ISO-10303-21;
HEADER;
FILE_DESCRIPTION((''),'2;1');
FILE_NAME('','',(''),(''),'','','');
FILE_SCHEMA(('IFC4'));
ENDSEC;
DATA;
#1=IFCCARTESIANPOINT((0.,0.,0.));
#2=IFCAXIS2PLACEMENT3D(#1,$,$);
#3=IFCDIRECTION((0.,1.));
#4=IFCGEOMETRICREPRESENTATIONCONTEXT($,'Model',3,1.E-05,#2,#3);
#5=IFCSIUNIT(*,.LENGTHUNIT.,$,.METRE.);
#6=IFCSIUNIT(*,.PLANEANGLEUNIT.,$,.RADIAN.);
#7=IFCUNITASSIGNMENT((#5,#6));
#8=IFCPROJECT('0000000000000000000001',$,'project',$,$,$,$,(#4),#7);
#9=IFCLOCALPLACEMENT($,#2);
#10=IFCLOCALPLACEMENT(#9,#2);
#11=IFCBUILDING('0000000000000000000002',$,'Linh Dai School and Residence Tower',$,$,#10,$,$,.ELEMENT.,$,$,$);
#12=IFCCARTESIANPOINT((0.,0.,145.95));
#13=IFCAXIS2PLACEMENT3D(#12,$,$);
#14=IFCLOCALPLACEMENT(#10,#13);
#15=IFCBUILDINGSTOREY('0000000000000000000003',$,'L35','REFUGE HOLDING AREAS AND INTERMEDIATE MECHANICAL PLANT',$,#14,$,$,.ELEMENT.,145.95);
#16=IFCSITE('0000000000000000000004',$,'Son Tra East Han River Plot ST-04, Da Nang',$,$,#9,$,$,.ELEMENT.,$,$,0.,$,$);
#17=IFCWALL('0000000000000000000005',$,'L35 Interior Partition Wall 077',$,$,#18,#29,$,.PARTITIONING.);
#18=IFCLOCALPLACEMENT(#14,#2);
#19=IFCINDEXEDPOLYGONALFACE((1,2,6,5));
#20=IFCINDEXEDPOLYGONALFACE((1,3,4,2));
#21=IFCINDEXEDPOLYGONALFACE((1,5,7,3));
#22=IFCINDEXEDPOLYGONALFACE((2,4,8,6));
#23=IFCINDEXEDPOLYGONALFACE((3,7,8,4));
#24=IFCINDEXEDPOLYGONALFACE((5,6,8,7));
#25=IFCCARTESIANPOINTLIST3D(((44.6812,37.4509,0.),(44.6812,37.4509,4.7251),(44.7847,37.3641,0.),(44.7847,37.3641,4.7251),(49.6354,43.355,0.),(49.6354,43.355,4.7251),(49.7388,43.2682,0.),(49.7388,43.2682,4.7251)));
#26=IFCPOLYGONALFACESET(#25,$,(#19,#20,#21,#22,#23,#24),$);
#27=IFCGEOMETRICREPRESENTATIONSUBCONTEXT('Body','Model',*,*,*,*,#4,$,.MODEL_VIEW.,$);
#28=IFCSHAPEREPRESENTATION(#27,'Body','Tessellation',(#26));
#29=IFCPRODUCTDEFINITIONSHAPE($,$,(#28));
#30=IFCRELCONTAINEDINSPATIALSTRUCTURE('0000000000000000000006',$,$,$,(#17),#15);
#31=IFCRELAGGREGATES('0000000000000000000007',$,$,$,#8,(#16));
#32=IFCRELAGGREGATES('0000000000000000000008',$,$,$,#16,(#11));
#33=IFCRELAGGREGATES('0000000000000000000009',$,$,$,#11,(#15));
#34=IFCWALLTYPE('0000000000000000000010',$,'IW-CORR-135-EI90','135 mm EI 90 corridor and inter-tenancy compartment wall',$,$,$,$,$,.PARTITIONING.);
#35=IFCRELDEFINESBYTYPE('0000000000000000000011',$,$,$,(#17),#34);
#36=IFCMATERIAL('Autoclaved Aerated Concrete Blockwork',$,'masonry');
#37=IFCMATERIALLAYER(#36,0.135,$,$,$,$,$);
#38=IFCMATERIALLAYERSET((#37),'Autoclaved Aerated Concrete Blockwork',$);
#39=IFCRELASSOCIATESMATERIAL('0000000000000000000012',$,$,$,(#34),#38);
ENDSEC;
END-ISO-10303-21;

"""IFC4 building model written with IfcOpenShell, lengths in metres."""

from ifc_helpers import new_model, si_unit, direction, frame, frame_2d, origin, place, context, subcontext, project, spatial, rectangle, extrude, material, layer, layer_set, type_object, element, save


model = new_model("IFC4")

# Units and contexts
model_context = context("Model", 3, precision=1e-05, world=origin(), true_north=direction((0.0, 1.0)))
body_context = subcontext(model_context, "Body", "Model", "MODEL_VIEW")
ifc_project = project(units=[si_unit("LENGTHUNIT", "METRE"), si_unit("PLANEANGLEUNIT", "RADIAN")], contexts=[model_context])

# Site, building, storey
site_placement = place(None, origin())
site = spatial("IfcSite", under=ifc_project, at=site_placement, Name="Son Tra East Han River Plot ST-04, Da Nang", CompositionType="ELEMENT", RefElevation=0.0)
building_placement = place(site_placement, origin())
building = spatial("IfcBuilding", under=site, at=building_placement, Name="Linh Dai School and Residence Tower", CompositionType="ELEMENT")
storey_placement = place(building_placement, frame((0.0, 0.0, 145.95)))
storey = spatial("IfcBuildingStorey", under=building, at=storey_placement, Name="L35", Description="REFUGE HOLDING AREAS AND INTERMEDIATE MECHANICAL PLANT", CompositionType="ELEMENT", Elevation=145.95)

# Wall
ifc_material_1 = material(Name="Autoclaved Aerated Concrete Blockwork", Category="masonry")
ifc_layer_1 = layer(ifc_material_1, 0.135)
ifc_layer_set_1 = layer_set([ifc_layer_1], Name="Autoclaved Aerated Concrete Blockwork")
wall_type_1 = type_object("IfcWallType", Name="IW-CORR-135-EI90", Description="135 mm EI 90 corridor and inter-tenancy compartment wall", PredefinedType="PARTITIONING", material=ifc_layer_set_1)
wall_1_placement = place(storey_placement, frame((49.687, 43.3115, 0.0), z_axis=(0.0, 0.0, 1.0), x_axis=(-0.642789, -0.766044, 0.0)))
element("IfcWall", 1, at=wall_1_placement, inside=storey, type_object=wall_type_1, Name="L35 Interior Partition Wall 077", PredefinedType="PARTITIONING", context=body_context, shape_type="SweptSolid", body=[
    extrude(rectangle(XDim=7.7073, YDim=0.135, at=frame_2d((3.8535, 0.0))), origin(), (0.0, 0.0, 1.0), 4.7251),
])

save(model, "model.ifc")
